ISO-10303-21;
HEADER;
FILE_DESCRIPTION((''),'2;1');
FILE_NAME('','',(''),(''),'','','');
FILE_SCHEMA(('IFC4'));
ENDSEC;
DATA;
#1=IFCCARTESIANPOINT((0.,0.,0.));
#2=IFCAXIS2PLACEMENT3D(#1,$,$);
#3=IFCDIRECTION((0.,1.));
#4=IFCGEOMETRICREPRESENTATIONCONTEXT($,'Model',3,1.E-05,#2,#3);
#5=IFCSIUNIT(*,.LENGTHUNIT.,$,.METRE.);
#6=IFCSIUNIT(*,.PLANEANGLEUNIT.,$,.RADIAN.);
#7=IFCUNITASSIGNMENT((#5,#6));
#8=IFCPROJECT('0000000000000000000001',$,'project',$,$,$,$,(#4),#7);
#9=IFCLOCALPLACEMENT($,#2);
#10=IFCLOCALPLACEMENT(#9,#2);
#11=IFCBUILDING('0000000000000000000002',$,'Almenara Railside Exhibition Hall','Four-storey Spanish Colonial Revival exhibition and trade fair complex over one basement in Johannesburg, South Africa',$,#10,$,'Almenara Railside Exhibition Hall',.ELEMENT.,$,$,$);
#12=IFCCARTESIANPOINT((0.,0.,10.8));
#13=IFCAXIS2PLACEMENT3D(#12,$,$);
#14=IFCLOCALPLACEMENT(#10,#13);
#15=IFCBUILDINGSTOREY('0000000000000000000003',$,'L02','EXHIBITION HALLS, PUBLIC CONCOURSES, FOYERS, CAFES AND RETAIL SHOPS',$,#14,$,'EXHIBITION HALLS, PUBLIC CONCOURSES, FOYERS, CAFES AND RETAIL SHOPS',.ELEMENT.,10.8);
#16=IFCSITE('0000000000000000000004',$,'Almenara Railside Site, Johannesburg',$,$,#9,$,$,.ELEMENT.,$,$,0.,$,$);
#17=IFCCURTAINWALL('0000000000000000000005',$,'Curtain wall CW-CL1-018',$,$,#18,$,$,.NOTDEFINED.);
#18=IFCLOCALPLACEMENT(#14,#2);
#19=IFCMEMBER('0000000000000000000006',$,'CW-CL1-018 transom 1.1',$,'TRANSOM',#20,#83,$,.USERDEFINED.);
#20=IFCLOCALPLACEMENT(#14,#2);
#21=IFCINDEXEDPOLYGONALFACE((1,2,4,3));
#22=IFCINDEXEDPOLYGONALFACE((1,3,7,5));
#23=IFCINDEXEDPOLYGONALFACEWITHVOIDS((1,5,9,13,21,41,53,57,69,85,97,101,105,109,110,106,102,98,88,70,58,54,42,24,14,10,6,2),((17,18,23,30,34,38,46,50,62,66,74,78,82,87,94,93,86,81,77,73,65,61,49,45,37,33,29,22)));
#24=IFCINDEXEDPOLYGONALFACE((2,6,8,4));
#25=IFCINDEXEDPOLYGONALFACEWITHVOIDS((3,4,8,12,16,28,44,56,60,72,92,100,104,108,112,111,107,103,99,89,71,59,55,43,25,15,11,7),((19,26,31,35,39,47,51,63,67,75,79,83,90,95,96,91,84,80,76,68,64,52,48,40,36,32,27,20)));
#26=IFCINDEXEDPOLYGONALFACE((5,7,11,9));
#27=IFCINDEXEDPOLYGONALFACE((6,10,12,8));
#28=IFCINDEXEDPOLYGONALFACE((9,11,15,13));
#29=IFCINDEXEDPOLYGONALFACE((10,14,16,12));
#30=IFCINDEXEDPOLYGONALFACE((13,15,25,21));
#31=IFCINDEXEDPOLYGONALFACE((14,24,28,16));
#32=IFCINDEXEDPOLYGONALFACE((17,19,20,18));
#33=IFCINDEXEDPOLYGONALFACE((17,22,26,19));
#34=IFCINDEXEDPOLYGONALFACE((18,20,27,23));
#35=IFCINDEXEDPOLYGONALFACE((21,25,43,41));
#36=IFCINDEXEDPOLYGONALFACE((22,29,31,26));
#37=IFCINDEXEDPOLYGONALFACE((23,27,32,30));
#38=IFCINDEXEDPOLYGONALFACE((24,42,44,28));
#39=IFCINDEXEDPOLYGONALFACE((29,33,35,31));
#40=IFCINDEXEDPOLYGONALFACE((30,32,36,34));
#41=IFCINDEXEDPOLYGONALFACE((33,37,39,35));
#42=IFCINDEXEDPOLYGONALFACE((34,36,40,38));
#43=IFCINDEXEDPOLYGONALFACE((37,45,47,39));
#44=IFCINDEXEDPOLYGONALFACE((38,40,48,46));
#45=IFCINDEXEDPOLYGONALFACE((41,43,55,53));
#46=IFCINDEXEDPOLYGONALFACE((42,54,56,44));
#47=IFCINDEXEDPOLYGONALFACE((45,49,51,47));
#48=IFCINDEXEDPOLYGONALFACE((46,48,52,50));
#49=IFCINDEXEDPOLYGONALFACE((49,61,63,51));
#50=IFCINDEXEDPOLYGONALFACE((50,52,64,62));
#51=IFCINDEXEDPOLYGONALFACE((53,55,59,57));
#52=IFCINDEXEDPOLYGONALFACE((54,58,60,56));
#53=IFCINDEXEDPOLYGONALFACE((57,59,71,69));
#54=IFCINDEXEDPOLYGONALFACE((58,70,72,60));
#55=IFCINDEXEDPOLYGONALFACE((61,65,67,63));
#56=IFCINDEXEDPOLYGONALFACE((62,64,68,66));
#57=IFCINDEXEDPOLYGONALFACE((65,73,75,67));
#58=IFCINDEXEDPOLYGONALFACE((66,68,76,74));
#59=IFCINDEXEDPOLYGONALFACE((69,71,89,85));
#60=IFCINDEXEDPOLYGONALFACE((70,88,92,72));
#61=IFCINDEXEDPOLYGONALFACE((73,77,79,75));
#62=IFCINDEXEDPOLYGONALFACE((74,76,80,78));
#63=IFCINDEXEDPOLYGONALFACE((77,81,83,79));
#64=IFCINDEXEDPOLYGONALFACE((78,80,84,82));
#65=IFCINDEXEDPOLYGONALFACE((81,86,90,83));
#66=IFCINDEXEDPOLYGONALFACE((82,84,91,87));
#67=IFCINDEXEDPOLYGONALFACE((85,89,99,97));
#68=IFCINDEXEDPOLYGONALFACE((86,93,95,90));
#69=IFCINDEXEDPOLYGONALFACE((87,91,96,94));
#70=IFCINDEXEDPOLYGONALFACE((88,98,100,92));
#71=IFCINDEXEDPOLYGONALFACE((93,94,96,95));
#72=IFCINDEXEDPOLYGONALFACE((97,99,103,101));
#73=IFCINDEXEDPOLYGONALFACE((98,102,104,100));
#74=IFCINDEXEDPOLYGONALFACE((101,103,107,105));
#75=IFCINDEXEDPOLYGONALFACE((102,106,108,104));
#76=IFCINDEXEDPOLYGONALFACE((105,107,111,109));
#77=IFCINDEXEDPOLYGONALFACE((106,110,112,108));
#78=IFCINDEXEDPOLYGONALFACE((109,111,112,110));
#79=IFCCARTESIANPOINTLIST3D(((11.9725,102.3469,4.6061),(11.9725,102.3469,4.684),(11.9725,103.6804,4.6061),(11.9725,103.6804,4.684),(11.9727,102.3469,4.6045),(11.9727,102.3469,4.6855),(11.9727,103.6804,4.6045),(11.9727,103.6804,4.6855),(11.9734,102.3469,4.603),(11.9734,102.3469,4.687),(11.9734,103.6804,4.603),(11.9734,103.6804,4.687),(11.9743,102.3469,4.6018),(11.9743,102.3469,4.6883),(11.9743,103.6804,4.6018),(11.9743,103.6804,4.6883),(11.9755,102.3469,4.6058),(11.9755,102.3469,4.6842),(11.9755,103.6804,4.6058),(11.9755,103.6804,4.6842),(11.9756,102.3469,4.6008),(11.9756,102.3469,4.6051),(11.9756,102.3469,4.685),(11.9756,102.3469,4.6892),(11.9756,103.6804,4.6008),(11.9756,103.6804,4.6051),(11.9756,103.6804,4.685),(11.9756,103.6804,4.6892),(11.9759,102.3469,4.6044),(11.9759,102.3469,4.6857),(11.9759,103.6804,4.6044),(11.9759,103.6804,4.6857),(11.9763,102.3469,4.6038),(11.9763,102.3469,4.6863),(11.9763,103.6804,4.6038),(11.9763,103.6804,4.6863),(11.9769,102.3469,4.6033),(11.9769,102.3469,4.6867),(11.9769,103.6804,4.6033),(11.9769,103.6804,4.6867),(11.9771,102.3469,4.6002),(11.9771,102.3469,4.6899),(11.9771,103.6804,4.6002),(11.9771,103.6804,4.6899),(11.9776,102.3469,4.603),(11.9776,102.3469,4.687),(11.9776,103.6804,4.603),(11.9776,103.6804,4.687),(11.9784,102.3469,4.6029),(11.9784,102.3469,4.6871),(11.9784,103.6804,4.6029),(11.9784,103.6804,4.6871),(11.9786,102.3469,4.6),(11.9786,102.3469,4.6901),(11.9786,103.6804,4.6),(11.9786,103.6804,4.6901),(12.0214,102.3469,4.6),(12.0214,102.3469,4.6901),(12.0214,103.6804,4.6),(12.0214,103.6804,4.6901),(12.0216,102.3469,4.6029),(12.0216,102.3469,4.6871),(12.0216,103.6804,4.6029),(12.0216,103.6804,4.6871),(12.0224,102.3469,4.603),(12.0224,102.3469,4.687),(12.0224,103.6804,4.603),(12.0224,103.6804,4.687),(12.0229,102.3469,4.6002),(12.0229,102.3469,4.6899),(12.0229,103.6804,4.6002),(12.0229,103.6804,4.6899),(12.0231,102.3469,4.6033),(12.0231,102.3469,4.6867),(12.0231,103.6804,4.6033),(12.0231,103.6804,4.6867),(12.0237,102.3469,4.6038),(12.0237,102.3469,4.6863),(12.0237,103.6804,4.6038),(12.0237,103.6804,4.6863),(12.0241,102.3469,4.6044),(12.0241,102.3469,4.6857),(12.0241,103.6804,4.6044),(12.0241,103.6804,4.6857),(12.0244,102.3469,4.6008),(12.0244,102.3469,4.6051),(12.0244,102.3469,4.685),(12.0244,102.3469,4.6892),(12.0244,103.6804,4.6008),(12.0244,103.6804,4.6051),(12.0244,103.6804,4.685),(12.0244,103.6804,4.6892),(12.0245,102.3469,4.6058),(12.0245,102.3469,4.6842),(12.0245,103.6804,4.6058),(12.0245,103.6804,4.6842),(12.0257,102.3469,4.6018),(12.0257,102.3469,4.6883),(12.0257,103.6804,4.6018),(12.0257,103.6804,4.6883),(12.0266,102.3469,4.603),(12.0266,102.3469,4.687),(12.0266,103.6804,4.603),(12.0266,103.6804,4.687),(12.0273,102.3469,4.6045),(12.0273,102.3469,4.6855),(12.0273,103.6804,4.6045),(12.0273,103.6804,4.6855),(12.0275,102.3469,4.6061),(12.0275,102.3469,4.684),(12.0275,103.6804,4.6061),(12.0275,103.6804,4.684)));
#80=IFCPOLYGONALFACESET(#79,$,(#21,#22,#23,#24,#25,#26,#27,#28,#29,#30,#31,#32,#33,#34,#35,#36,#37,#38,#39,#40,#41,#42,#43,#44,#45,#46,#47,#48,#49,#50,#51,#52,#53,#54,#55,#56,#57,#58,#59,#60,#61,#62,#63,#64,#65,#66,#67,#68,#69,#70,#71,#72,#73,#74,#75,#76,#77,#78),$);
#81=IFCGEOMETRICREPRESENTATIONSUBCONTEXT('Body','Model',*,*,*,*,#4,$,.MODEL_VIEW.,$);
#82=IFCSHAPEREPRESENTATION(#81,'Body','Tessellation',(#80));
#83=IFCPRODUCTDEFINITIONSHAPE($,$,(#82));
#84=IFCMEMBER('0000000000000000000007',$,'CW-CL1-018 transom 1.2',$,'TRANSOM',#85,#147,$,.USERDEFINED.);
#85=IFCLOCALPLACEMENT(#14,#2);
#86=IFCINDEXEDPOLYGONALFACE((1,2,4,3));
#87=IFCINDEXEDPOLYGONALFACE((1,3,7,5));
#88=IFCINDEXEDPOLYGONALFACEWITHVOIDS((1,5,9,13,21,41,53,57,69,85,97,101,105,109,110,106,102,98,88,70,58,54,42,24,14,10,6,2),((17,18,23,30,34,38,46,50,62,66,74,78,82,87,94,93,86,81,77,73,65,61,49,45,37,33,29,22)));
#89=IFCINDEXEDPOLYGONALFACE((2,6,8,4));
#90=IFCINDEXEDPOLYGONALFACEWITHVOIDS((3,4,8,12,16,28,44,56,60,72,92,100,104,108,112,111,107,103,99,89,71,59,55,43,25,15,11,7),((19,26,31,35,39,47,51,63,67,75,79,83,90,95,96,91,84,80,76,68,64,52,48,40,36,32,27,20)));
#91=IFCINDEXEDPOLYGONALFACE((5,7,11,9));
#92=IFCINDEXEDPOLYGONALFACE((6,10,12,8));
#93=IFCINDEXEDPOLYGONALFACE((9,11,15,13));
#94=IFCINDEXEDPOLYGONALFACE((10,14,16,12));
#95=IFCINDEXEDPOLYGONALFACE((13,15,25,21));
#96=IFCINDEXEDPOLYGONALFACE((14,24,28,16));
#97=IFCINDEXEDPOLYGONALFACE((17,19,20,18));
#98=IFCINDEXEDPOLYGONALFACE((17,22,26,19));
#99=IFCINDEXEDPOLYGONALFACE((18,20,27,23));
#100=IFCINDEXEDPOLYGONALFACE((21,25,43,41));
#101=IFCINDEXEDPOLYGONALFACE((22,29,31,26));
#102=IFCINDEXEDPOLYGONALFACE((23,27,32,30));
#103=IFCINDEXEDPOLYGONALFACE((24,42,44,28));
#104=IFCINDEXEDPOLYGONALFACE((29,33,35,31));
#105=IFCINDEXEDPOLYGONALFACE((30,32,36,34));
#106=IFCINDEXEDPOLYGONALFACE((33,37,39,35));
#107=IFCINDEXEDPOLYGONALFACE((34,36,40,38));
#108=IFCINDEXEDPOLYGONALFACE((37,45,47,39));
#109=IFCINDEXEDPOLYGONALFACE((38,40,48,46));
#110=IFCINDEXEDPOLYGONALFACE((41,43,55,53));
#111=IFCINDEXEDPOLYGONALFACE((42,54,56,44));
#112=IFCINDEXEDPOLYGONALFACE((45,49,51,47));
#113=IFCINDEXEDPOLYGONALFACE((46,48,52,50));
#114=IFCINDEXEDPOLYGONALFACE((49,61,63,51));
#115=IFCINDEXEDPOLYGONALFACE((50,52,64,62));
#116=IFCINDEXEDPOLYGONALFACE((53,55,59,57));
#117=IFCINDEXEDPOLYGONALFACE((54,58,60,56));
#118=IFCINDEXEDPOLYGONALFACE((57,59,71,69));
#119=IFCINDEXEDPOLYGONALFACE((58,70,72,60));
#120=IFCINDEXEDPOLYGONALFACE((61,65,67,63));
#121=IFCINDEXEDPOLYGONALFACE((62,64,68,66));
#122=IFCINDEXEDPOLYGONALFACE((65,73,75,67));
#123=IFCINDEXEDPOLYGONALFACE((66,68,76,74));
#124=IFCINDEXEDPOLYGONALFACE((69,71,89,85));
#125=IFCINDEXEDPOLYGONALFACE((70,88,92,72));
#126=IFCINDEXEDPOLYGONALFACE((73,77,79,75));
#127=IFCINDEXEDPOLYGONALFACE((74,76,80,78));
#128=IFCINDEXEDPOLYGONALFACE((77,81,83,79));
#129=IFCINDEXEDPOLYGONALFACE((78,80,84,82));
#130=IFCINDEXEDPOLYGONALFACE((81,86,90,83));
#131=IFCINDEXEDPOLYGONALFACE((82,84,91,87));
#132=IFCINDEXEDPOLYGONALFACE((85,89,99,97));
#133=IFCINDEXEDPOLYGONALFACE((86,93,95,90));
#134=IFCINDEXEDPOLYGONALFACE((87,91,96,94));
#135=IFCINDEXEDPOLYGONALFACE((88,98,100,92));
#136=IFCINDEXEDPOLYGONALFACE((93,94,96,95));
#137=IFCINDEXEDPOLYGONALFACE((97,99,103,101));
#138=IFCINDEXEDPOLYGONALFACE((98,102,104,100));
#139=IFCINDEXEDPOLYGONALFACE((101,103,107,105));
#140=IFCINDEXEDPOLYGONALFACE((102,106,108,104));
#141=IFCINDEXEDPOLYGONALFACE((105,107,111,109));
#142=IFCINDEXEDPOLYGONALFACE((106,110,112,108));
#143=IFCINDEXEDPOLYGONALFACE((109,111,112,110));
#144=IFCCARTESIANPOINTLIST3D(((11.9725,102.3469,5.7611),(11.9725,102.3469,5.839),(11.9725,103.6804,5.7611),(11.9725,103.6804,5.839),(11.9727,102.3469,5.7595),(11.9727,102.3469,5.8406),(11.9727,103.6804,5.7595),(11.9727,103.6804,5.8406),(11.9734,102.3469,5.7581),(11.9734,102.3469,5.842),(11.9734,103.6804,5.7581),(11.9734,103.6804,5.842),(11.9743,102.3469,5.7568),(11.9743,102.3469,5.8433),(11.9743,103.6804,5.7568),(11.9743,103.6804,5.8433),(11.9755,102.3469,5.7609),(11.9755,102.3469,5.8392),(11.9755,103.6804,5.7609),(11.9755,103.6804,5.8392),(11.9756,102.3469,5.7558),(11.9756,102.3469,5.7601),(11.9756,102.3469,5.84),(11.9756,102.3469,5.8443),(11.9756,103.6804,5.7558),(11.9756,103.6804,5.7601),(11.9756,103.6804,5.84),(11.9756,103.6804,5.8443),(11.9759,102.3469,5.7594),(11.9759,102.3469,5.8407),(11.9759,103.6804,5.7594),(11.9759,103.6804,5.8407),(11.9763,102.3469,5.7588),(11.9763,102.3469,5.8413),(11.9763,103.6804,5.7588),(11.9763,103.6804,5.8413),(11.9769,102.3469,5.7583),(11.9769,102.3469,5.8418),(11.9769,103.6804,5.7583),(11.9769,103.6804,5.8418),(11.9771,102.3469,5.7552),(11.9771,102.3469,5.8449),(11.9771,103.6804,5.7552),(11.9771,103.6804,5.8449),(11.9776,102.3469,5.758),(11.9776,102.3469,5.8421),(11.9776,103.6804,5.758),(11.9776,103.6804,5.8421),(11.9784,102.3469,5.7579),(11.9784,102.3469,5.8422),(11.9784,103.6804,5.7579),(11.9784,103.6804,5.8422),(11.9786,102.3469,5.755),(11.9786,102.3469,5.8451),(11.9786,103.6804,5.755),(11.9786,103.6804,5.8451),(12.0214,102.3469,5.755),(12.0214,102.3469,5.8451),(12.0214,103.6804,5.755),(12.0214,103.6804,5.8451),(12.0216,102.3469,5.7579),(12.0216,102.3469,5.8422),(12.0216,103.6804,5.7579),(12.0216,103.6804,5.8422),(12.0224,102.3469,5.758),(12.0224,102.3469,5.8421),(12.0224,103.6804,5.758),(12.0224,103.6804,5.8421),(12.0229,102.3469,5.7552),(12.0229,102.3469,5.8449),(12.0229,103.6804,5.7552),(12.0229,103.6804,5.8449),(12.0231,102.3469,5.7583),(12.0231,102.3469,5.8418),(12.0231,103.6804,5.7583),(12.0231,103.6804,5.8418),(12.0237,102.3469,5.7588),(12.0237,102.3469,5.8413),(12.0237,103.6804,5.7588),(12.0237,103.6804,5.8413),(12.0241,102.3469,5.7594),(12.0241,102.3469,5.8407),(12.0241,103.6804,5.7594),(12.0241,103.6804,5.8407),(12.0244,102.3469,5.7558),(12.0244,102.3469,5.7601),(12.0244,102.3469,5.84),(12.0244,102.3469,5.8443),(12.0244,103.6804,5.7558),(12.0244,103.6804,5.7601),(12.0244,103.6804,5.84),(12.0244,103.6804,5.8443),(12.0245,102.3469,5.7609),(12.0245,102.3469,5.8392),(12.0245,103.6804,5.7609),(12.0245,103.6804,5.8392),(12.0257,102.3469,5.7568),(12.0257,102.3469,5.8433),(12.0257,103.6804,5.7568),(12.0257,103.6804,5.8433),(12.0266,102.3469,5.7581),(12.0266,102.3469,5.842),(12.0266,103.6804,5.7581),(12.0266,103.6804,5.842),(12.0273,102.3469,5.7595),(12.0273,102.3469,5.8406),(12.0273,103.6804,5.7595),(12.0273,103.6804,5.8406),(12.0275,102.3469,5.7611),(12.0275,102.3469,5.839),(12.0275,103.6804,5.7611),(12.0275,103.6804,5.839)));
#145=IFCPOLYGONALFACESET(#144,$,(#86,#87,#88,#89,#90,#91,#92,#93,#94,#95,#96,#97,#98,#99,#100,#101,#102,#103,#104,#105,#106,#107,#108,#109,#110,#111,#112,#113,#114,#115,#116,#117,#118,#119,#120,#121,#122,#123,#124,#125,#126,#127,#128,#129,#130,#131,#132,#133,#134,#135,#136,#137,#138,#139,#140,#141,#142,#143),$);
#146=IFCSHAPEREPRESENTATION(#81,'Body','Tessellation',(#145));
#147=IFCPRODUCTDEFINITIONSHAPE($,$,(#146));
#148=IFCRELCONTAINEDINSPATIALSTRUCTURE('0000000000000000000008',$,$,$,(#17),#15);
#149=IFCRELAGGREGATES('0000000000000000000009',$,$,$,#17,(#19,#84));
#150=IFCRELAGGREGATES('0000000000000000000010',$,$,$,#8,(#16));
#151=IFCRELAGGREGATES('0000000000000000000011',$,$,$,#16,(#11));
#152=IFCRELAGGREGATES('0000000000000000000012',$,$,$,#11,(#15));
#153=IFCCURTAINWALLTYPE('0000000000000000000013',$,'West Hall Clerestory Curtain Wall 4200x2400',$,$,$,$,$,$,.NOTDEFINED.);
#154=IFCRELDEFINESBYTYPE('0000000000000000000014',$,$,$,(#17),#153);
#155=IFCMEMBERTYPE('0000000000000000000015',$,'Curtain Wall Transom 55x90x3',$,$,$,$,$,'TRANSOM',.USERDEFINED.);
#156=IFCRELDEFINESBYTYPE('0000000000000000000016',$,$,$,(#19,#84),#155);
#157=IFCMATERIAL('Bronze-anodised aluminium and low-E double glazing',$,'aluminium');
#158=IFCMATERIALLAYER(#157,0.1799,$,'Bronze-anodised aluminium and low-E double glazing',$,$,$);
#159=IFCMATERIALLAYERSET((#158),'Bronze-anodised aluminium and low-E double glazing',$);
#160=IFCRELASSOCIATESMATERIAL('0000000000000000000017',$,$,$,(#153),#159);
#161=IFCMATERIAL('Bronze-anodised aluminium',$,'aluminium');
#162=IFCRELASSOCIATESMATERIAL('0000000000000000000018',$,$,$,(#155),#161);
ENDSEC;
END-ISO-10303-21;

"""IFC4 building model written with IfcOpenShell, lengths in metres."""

from ifc_helpers import new_model, si_unit, direction, frame, origin, origin_2d, place, context, subcontext, project, spatial, hollow_rectangle, extrude, material, layer, layer_set, material_profile, profile_set, type_object, element, aggregate, save


model = new_model("IFC4")

# Units and contexts
model_context = context("Model", 3, precision=1e-05, world=origin(), true_north=direction((0.0, 1.0)))
body_context = subcontext(model_context, "Body", "Model", "MODEL_VIEW")
ifc_project = project(units=[si_unit("LENGTHUNIT", "METRE"), si_unit("PLANEANGLEUNIT", "RADIAN")], contexts=[model_context])

# Site, building, storey
site_placement = place(None, origin())
site = spatial("IfcSite", under=ifc_project, at=site_placement, Name="Almenara Railside Site, Johannesburg", CompositionType="ELEMENT", RefElevation=0.0)
building_placement = place(site_placement, origin())
building = spatial("IfcBuilding", under=site, at=building_placement, Name="Almenara Railside Exhibition Hall", Description="Four-storey Spanish Colonial Revival exhibition and trade fair complex over one basement in Johannesburg, South Africa", LongName="Almenara Railside Exhibition Hall", CompositionType="ELEMENT")
storey_placement = place(building_placement, frame((0.0, 0.0, 10.8)))
storey = spatial("IfcBuildingStorey", under=building, at=storey_placement, Name="L02", Description="EXHIBITION HALLS, PUBLIC CONCOURSES, FOYERS, CAFES AND RETAIL SHOPS", LongName="EXHIBITION HALLS, PUBLIC CONCOURSES, FOYERS, CAFES AND RETAIL SHOPS", CompositionType="ELEMENT", Elevation=10.8)

# Curtain wall
ifc_material_1 = material(Name="Bronze-anodised aluminium and low-E double glazing", Category="aluminium")
ifc_layer_1 = layer(ifc_material_1, 0.1799, Name="Bronze-anodised aluminium and low-E double glazing")
ifc_layer_set_1 = layer_set([ifc_layer_1], Name="Bronze-anodised aluminium and low-E double glazing")
curtain_wall_type = type_object("IfcCurtainWallType", Name="West Hall Clerestory Curtain Wall 4200x2400", PredefinedType="NOTDEFINED", material=ifc_layer_set_1)
curtain_wall_1_placement = place(storey_placement, origin())
curtain_wall_1 = element("IfcCurtainWall", 1, at=curtain_wall_1_placement, inside=storey, type_object=curtain_wall_type, Name="Curtain wall CW-CL1-018", PredefinedType="NOTDEFINED")
ifc_material_2 = material(Name="Bronze-anodised aluminium", Category="aluminium")

# Members
ifc_material_profile_1 = material_profile(ifc_material_2, hollow_rectangle(XDim=0.0549, YDim=0.0901, WallThickness=0.0029, InnerFilletRadius=0.0029, OuterFilletRadius=0.0061, at=origin_2d()), Name="ALU-TRN 55x90x3")
ifc_profile_set_1 = profile_set([ifc_material_profile_1], Name="Bronze-anodised aluminium")
member_type_1 = type_object("IfcMemberType", Name="Curtain Wall Transom 55x90x3", ElementType="TRANSOM", PredefinedType="USERDEFINED", material=ifc_profile_set_1)
member_1_placement = place(storey_placement, frame((12.0, 102.3469, 4.645), z_axis=(0.0, 1.0, 0.0), x_axis=(-1.0, 0.0, 0.0)))
member_1 = element("IfcMember", 2, at=member_1_placement, type_object=member_type_1, Name="CW-CL1-018 transom 1.1", ObjectType="TRANSOM", PredefinedType="USERDEFINED", context=body_context, shape_type="SweptSolid", body=[
    extrude(hollow_rectangle(XDim=0.0549, YDim=0.0901, WallThickness=0.0029, InnerFilletRadius=0.0029, OuterFilletRadius=0.0061, at=origin_2d()), origin(), (0.0, 0.0, 1.0), 1.3335),
])
member_2_placement = place(storey_placement, frame((12.0, 102.3469, 5.8), z_axis=(0.0, 1.0, 0.0), x_axis=(-1.0, 0.0, 0.0)))
member_2 = element("IfcMember", 3, at=member_2_placement, type_object=member_type_1, Name="CW-CL1-018 transom 1.2", ObjectType="TRANSOM", PredefinedType="USERDEFINED", context=body_context, shape_type="SweptSolid", body=[
    extrude(hollow_rectangle(XDim=0.0549, YDim=0.0901, WallThickness=0.0029, InnerFilletRadius=0.0029, OuterFilletRadius=0.0061, at=origin_2d()), origin(), (0.0, 0.0, 1.0), 1.3335),
])

aggregate(curtain_wall_1, [member_1, member_2])

save(model, "model.ifc")
